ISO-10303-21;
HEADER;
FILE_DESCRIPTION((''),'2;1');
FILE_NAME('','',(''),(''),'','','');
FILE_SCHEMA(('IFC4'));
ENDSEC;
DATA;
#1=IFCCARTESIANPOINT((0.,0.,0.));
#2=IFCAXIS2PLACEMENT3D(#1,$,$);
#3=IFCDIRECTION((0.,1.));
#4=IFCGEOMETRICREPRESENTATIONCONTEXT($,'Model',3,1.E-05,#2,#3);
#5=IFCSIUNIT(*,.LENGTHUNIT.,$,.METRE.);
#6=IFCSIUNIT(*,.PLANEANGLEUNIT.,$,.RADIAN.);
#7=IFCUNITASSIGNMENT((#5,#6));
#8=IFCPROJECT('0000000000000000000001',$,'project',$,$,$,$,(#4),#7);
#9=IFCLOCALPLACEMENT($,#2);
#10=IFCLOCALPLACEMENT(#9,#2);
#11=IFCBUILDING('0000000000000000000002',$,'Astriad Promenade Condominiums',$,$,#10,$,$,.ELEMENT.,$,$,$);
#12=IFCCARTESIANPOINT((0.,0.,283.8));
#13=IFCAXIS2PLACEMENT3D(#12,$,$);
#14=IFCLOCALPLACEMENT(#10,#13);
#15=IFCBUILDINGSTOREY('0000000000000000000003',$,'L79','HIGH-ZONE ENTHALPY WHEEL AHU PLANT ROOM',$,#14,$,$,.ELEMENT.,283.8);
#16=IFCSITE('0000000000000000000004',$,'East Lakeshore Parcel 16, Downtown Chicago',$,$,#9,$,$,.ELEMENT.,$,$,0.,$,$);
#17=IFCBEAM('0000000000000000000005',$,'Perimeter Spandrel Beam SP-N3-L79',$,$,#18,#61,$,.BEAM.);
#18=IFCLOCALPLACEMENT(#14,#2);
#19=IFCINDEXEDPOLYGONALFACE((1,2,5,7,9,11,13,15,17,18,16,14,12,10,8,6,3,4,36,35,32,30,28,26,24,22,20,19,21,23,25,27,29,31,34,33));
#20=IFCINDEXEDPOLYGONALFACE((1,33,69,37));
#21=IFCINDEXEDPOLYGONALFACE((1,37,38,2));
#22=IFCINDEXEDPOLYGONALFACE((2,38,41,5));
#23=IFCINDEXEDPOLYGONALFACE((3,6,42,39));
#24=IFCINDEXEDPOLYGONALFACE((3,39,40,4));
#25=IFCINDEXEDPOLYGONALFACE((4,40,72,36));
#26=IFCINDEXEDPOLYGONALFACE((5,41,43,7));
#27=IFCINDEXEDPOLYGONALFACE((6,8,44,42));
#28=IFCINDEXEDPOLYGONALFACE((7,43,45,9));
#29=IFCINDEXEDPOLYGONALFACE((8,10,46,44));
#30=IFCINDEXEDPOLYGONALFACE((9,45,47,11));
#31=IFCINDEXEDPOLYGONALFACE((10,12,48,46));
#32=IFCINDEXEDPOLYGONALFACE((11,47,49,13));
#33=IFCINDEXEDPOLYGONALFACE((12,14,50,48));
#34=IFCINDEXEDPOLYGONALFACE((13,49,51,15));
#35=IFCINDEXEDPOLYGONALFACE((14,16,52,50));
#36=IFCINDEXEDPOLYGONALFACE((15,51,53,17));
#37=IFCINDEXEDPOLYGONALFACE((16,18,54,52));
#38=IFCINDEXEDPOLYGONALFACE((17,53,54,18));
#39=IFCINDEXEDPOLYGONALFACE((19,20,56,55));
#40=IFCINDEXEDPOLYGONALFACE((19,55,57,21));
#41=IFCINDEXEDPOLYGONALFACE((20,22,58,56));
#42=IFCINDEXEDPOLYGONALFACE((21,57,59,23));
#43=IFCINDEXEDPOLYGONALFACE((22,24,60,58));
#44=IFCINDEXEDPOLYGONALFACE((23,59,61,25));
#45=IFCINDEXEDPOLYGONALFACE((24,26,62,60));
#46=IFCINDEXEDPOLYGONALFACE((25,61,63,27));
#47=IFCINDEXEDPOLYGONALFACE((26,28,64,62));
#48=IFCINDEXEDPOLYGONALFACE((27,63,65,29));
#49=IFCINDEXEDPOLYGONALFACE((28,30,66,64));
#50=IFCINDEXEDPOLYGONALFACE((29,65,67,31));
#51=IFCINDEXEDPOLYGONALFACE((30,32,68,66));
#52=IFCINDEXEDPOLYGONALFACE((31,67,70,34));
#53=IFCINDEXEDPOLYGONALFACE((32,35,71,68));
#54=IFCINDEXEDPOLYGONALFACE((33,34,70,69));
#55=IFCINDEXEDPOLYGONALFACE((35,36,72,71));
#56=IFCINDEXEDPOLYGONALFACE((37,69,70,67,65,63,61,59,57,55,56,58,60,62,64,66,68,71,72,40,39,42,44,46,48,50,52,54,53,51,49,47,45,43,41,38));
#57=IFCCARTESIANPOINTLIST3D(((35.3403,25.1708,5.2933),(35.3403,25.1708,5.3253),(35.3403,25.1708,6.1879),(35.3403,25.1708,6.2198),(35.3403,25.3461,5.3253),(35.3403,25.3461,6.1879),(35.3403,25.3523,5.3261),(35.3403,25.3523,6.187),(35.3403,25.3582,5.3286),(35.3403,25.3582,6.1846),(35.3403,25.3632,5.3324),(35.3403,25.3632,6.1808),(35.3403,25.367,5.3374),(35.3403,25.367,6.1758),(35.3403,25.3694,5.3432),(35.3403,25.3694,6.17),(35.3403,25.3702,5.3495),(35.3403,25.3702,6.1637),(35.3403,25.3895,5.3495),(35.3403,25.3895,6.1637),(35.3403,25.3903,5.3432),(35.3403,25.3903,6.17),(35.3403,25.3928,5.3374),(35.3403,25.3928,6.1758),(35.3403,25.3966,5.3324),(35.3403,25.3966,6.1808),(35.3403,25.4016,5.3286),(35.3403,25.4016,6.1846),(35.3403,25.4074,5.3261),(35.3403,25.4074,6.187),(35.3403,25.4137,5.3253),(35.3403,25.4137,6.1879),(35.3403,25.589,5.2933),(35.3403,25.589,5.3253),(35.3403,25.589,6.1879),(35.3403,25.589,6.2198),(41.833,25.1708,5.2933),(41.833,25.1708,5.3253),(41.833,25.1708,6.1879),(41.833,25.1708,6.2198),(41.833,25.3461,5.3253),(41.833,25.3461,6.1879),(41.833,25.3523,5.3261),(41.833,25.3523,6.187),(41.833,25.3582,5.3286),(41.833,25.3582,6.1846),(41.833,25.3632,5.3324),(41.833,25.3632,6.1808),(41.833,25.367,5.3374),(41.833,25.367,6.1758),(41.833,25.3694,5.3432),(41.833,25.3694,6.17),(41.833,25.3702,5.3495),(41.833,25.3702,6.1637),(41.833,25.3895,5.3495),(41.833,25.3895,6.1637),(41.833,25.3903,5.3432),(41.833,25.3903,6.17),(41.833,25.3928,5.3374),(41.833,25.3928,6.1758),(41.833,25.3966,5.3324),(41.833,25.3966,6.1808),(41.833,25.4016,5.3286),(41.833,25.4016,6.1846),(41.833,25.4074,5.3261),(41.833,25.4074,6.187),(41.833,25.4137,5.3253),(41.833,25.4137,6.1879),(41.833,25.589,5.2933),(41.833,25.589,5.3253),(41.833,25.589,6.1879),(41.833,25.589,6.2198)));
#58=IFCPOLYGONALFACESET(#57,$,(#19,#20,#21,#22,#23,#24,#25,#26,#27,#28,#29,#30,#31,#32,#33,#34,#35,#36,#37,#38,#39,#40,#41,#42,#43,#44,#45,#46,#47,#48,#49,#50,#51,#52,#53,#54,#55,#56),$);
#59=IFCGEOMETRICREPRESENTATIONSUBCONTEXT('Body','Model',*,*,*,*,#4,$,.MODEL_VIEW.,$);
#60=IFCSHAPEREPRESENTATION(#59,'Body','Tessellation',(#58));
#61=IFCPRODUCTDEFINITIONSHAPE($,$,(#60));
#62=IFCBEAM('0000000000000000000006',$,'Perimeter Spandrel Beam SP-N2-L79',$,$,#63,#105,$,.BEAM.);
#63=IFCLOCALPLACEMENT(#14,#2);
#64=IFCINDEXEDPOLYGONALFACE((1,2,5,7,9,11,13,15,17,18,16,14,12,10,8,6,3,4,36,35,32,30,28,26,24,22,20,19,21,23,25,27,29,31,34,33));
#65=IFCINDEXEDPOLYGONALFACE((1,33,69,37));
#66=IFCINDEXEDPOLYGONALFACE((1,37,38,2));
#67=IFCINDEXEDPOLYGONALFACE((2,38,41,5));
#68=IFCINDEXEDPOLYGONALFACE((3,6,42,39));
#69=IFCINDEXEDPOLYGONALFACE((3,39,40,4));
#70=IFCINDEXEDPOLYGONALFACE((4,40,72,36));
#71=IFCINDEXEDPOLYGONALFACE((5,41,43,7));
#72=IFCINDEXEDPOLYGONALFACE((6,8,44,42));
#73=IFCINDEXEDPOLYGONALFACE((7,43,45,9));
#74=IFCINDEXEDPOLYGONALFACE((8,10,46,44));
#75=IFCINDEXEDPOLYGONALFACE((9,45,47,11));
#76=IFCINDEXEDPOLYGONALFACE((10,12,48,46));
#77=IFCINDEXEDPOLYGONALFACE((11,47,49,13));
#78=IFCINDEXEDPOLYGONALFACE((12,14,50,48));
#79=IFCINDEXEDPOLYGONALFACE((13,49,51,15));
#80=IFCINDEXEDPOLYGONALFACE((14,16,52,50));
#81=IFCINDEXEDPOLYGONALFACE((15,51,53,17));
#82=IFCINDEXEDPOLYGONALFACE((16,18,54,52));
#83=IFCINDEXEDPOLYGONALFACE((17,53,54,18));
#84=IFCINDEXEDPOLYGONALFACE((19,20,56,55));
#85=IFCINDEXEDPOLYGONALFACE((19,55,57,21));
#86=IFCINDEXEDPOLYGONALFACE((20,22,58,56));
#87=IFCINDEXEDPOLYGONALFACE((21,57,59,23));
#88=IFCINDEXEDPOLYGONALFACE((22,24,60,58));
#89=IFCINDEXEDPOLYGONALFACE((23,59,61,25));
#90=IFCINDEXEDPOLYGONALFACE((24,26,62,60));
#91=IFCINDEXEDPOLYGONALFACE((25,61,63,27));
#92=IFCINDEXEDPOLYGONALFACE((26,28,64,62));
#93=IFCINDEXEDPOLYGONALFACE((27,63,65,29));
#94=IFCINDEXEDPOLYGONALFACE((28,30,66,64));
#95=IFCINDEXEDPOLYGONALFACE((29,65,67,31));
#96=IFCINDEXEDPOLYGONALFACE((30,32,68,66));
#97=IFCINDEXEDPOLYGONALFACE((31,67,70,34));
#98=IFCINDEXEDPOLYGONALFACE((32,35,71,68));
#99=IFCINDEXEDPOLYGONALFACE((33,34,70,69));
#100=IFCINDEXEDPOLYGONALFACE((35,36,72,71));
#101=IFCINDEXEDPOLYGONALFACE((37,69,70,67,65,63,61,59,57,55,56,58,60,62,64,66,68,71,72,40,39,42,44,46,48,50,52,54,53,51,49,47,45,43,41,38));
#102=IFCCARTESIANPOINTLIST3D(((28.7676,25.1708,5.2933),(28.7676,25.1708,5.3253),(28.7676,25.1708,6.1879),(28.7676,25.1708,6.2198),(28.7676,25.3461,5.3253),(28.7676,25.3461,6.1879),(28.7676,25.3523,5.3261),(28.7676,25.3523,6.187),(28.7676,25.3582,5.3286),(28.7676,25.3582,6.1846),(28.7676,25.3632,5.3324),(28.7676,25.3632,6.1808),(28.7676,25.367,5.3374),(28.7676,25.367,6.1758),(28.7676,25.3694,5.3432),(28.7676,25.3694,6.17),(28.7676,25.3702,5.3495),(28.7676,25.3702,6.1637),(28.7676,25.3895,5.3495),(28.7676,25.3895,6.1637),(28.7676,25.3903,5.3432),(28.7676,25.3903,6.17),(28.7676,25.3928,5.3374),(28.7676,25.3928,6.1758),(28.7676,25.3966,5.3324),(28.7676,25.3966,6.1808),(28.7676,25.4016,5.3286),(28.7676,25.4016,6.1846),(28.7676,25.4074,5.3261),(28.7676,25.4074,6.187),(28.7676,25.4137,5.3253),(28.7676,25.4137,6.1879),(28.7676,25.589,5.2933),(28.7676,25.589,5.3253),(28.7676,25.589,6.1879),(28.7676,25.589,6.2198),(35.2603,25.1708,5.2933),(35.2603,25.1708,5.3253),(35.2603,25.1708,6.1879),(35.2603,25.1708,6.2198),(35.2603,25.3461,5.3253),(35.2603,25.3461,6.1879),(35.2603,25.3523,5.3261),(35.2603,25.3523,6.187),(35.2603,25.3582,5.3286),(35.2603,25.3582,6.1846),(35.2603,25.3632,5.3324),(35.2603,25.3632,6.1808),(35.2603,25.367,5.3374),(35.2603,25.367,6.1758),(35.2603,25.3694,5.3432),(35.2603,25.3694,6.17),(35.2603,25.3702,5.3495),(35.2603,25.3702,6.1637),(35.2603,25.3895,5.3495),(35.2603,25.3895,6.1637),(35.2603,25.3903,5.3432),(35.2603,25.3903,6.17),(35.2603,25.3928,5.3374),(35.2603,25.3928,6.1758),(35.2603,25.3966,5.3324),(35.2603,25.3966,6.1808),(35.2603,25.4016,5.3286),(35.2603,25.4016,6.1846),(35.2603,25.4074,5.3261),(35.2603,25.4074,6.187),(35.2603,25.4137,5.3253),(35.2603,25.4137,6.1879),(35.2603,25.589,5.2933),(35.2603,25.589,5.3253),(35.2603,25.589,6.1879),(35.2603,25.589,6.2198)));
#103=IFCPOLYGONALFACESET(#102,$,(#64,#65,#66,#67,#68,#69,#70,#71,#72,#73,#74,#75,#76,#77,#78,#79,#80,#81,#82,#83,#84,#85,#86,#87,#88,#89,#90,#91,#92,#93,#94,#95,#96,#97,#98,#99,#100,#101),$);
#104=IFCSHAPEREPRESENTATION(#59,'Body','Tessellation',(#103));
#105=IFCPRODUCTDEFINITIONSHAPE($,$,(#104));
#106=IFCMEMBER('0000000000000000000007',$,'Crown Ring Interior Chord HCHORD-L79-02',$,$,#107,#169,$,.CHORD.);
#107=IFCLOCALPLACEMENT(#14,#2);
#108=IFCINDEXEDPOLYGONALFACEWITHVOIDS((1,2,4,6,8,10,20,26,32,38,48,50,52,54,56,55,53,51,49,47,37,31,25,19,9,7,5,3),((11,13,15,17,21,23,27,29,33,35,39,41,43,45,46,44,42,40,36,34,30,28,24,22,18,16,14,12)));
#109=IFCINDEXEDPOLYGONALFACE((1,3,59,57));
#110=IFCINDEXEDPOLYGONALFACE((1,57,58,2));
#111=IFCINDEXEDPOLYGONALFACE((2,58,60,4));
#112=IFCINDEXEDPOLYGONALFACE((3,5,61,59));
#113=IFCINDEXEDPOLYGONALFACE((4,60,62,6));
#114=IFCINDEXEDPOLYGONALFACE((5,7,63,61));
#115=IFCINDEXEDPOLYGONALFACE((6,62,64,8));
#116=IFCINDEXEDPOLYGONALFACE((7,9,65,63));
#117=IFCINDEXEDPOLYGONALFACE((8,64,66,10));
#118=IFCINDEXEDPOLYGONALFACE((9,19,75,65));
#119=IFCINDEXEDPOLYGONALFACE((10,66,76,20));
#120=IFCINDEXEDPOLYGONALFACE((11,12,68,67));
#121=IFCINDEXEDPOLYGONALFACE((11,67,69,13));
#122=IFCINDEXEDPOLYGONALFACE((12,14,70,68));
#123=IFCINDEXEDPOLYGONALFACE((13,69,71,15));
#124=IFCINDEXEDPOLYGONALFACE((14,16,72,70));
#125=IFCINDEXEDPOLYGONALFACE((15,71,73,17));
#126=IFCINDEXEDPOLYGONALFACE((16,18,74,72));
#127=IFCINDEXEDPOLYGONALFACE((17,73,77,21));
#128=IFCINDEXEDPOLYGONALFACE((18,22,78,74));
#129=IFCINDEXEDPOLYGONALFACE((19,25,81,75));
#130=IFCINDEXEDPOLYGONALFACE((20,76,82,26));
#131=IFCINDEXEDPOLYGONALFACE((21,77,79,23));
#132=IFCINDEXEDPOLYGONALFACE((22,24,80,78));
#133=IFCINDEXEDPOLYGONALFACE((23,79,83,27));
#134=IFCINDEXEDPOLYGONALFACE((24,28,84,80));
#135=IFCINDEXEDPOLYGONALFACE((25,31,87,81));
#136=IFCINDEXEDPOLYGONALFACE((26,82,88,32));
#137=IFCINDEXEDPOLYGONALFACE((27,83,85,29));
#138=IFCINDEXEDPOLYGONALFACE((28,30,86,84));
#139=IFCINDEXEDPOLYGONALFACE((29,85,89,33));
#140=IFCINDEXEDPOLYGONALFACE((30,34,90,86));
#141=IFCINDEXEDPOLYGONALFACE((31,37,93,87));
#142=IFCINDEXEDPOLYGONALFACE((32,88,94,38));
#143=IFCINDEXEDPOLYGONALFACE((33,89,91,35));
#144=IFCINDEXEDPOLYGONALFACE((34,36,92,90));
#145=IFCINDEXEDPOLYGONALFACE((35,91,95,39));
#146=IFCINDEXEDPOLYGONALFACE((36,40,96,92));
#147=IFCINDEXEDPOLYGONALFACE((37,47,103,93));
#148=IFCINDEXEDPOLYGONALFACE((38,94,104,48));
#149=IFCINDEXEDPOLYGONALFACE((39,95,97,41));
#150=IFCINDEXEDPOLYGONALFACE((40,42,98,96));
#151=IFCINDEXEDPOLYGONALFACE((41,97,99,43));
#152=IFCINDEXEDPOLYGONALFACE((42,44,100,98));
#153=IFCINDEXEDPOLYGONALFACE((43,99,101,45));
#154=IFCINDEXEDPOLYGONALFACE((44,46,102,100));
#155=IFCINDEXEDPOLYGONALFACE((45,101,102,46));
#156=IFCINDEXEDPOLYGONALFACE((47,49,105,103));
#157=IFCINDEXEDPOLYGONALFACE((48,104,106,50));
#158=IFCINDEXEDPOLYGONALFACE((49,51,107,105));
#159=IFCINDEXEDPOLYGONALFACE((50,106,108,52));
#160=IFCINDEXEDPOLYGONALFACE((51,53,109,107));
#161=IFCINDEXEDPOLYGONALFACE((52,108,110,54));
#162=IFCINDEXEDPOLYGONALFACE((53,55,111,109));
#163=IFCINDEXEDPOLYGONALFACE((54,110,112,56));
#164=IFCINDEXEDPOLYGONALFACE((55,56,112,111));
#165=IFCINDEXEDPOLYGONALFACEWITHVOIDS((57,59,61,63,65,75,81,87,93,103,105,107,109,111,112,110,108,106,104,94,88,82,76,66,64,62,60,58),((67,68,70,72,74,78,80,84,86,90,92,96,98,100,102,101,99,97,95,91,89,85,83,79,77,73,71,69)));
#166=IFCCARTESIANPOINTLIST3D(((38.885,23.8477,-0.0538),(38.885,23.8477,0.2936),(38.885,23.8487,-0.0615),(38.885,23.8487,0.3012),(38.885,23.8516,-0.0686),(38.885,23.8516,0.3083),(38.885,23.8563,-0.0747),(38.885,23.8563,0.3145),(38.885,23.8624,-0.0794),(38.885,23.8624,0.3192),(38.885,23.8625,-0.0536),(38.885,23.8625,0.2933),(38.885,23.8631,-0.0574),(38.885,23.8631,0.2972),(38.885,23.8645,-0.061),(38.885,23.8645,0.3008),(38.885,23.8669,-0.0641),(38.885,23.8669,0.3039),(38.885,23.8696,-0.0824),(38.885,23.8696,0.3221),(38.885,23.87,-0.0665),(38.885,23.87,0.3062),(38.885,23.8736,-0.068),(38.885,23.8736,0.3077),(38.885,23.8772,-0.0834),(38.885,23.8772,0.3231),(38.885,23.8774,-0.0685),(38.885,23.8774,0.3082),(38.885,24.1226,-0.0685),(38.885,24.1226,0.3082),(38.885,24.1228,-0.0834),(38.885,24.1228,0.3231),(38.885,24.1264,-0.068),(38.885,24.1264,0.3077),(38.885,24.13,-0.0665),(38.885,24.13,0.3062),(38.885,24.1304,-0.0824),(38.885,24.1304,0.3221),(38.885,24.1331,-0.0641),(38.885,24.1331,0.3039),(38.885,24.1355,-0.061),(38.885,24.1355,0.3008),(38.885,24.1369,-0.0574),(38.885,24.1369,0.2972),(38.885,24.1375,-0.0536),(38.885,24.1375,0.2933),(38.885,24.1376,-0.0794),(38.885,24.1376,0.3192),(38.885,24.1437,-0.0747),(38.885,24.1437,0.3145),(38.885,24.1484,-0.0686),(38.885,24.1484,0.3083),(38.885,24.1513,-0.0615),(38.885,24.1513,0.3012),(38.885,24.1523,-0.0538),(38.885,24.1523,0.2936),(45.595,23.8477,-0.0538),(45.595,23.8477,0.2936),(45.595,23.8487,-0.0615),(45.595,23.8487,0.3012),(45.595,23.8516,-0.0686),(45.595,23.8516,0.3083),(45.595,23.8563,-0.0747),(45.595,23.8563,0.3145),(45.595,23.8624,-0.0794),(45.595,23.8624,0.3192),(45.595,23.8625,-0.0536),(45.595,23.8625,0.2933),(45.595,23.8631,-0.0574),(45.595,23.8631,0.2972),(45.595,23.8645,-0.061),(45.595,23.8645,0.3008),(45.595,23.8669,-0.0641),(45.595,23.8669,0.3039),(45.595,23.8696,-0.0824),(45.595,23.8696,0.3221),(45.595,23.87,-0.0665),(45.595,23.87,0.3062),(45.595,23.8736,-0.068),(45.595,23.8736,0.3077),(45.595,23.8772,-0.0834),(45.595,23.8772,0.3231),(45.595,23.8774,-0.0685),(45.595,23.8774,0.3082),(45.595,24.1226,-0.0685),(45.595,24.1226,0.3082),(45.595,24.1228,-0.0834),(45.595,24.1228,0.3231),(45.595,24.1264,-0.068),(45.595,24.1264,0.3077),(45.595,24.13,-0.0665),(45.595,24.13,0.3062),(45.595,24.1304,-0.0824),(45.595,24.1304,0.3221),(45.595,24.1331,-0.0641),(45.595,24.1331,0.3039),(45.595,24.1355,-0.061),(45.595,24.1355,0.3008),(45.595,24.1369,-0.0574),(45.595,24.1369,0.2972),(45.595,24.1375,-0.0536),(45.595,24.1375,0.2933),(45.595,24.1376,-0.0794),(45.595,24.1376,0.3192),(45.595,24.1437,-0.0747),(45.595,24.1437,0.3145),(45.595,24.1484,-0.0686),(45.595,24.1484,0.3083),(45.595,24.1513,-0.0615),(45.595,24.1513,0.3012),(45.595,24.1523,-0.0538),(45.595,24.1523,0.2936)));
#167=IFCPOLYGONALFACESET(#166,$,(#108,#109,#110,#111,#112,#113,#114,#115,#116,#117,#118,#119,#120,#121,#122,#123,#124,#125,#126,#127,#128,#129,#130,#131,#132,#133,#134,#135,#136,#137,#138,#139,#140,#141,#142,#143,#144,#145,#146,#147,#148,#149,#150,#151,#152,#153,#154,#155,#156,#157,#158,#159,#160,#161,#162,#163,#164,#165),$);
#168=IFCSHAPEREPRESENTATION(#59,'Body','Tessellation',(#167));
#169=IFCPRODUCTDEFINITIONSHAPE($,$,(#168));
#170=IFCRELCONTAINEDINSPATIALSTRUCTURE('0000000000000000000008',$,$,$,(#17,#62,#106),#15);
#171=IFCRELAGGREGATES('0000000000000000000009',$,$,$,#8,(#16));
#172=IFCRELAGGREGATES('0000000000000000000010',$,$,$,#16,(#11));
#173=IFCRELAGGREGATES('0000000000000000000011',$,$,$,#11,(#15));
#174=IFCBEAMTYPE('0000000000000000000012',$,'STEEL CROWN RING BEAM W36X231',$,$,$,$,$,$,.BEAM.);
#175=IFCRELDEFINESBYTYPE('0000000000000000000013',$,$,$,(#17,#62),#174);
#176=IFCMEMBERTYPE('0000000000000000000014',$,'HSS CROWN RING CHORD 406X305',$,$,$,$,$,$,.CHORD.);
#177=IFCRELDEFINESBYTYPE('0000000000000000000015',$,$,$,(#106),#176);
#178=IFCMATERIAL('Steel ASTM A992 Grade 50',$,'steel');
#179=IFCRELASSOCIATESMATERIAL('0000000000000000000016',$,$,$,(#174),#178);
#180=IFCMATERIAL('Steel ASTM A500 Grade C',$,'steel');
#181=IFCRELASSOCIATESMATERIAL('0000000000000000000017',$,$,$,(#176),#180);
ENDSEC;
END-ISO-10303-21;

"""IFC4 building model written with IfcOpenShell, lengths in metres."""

from ifc_helpers import new_model, si_unit, direction, frame, origin, origin_2d, place, context, subcontext, project, spatial, hollow_rectangle, i_section, extrude, source, transform, mapped, material, material_profile, profile_set, type_object, type_shapes, element, save


model = new_model("IFC4")

# Units and contexts
model_context = context("Model", 3, precision=1e-05, world=origin(), true_north=direction((0.0, 1.0)))
body_context = subcontext(model_context, "Body", "Model", "MODEL_VIEW")
ifc_project = project(units=[si_unit("LENGTHUNIT", "METRE"), si_unit("PLANEANGLEUNIT", "RADIAN")], contexts=[model_context])

# Site, building, storey
site_placement = place(None, origin())
site = spatial("IfcSite", under=ifc_project, at=site_placement, Name="East Lakeshore Parcel 16, Downtown Chicago", CompositionType="ELEMENT", RefElevation=0.0)
building_placement = place(site_placement, origin())
building = spatial("IfcBuilding", under=site, at=building_placement, Name="Astriad Promenade Condominiums", CompositionType="ELEMENT")
storey_placement = place(building_placement, frame((0.0, 0.0, 283.8)))
storey = spatial("IfcBuildingStorey", under=building, at=storey_placement, Name="L79", Description="HIGH-ZONE ENTHALPY WHEEL AHU PLANT ROOM", CompositionType="ELEMENT", Elevation=283.8)

# Shared definitions
ifc_material_1 = material(Name="Steel ASTM A992 Grade 50", Category="steel")

# Beams
ifc_material_profile_1 = material_profile(ifc_material_1, i_section(OverallWidth=0.4182, OverallDepth=0.9265, WebThickness=0.0193, FlangeThickness=0.032, FilletRadius=0.0242, at=origin_2d()), Name="W36X231")
ifc_profile_set_1 = profile_set([ifc_material_profile_1], Name="Steel ASTM A992 Grade 50")
beam_type_1 = type_object("IfcBeamType", Name="STEEL CROWN RING BEAM W36X231", PredefinedType="BEAM", material=ifc_profile_set_1)
shared_shape_1 = source(origin(), body_context, "Body", "SweptSolid", [
    extrude(i_section(OverallWidth=0.4182, OverallDepth=0.9265, WebThickness=0.0193, FlangeThickness=0.032, FilletRadius=0.0242, at=origin_2d()), origin(), (0.0, 0.0, 1.0), 6.4927),
])
type_shapes(beam_type_1, [shared_shape_1])
for number, where, z_axis, x_axis, name in (
    (1, (41.833, 25.3799, 5.7566), (-1.0, 0.0, 0.0), (0.0, -1.0, 0.0), "Perimeter Spandrel Beam SP-N3-L79"),
    (2, (35.2603, 25.3799, 5.7566), (-1.0, 0.0, 0.0), (0.0, -1.0, 0.0), "Perimeter Spandrel Beam SP-N2-L79"),
):
    element("IfcBeam", number, at=place(storey_placement, frame(where, z_axis=z_axis, x_axis=x_axis)), inside=storey, type_object=beam_type_1, Name=name, PredefinedType="BEAM", context=body_context, shape_type="MappedRepresentation", body=[
        mapped(shared_shape_1, transform((0.0, 0.0, 0.0), scale=1.0)),
    ])

# Member
ifc_material_2 = material(Name="Steel ASTM A500 Grade C", Category="steel")
ifc_material_profile_2 = material_profile(ifc_material_2, hollow_rectangle(XDim=0.3047, YDim=0.4065, WallThickness=0.0149, InnerFilletRadius=0.0149, OuterFilletRadius=0.0295, at=origin_2d()), Name="HSS406X305X15.9")
ifc_profile_set_2 = profile_set([ifc_material_profile_2], Name="Steel ASTM A500 Grade C")
member_type_1 = type_object("IfcMemberType", Name="HSS CROWN RING CHORD 406X305", PredefinedType="CHORD", material=ifc_profile_set_2)
shared_shape_2 = source(origin(), body_context, "Body", "SweptSolid", [
    extrude(hollow_rectangle(XDim=0.3047, YDim=0.4065, WallThickness=0.0149, InnerFilletRadius=0.0149, OuterFilletRadius=0.0295, at=origin_2d()), origin(), (0.0, 0.0, 1.0), 6.71),
])
type_shapes(member_type_1, [shared_shape_2])
member_1_placement = place(storey_placement, frame((38.885, 24.0, 0.1199), z_axis=(1.0, 0.0, 0.0), x_axis=(0.0, 1.0, 0.0)))
element("IfcMember", 3, at=member_1_placement, inside=storey, type_object=member_type_1, Name="Crown Ring Interior Chord HCHORD-L79-02", PredefinedType="CHORD", context=body_context, shape_type="MappedRepresentation", body=[
    mapped(shared_shape_2, transform((0.0, 0.0, 0.0), scale=1.0)),
])

save(model, "model.ifc")
